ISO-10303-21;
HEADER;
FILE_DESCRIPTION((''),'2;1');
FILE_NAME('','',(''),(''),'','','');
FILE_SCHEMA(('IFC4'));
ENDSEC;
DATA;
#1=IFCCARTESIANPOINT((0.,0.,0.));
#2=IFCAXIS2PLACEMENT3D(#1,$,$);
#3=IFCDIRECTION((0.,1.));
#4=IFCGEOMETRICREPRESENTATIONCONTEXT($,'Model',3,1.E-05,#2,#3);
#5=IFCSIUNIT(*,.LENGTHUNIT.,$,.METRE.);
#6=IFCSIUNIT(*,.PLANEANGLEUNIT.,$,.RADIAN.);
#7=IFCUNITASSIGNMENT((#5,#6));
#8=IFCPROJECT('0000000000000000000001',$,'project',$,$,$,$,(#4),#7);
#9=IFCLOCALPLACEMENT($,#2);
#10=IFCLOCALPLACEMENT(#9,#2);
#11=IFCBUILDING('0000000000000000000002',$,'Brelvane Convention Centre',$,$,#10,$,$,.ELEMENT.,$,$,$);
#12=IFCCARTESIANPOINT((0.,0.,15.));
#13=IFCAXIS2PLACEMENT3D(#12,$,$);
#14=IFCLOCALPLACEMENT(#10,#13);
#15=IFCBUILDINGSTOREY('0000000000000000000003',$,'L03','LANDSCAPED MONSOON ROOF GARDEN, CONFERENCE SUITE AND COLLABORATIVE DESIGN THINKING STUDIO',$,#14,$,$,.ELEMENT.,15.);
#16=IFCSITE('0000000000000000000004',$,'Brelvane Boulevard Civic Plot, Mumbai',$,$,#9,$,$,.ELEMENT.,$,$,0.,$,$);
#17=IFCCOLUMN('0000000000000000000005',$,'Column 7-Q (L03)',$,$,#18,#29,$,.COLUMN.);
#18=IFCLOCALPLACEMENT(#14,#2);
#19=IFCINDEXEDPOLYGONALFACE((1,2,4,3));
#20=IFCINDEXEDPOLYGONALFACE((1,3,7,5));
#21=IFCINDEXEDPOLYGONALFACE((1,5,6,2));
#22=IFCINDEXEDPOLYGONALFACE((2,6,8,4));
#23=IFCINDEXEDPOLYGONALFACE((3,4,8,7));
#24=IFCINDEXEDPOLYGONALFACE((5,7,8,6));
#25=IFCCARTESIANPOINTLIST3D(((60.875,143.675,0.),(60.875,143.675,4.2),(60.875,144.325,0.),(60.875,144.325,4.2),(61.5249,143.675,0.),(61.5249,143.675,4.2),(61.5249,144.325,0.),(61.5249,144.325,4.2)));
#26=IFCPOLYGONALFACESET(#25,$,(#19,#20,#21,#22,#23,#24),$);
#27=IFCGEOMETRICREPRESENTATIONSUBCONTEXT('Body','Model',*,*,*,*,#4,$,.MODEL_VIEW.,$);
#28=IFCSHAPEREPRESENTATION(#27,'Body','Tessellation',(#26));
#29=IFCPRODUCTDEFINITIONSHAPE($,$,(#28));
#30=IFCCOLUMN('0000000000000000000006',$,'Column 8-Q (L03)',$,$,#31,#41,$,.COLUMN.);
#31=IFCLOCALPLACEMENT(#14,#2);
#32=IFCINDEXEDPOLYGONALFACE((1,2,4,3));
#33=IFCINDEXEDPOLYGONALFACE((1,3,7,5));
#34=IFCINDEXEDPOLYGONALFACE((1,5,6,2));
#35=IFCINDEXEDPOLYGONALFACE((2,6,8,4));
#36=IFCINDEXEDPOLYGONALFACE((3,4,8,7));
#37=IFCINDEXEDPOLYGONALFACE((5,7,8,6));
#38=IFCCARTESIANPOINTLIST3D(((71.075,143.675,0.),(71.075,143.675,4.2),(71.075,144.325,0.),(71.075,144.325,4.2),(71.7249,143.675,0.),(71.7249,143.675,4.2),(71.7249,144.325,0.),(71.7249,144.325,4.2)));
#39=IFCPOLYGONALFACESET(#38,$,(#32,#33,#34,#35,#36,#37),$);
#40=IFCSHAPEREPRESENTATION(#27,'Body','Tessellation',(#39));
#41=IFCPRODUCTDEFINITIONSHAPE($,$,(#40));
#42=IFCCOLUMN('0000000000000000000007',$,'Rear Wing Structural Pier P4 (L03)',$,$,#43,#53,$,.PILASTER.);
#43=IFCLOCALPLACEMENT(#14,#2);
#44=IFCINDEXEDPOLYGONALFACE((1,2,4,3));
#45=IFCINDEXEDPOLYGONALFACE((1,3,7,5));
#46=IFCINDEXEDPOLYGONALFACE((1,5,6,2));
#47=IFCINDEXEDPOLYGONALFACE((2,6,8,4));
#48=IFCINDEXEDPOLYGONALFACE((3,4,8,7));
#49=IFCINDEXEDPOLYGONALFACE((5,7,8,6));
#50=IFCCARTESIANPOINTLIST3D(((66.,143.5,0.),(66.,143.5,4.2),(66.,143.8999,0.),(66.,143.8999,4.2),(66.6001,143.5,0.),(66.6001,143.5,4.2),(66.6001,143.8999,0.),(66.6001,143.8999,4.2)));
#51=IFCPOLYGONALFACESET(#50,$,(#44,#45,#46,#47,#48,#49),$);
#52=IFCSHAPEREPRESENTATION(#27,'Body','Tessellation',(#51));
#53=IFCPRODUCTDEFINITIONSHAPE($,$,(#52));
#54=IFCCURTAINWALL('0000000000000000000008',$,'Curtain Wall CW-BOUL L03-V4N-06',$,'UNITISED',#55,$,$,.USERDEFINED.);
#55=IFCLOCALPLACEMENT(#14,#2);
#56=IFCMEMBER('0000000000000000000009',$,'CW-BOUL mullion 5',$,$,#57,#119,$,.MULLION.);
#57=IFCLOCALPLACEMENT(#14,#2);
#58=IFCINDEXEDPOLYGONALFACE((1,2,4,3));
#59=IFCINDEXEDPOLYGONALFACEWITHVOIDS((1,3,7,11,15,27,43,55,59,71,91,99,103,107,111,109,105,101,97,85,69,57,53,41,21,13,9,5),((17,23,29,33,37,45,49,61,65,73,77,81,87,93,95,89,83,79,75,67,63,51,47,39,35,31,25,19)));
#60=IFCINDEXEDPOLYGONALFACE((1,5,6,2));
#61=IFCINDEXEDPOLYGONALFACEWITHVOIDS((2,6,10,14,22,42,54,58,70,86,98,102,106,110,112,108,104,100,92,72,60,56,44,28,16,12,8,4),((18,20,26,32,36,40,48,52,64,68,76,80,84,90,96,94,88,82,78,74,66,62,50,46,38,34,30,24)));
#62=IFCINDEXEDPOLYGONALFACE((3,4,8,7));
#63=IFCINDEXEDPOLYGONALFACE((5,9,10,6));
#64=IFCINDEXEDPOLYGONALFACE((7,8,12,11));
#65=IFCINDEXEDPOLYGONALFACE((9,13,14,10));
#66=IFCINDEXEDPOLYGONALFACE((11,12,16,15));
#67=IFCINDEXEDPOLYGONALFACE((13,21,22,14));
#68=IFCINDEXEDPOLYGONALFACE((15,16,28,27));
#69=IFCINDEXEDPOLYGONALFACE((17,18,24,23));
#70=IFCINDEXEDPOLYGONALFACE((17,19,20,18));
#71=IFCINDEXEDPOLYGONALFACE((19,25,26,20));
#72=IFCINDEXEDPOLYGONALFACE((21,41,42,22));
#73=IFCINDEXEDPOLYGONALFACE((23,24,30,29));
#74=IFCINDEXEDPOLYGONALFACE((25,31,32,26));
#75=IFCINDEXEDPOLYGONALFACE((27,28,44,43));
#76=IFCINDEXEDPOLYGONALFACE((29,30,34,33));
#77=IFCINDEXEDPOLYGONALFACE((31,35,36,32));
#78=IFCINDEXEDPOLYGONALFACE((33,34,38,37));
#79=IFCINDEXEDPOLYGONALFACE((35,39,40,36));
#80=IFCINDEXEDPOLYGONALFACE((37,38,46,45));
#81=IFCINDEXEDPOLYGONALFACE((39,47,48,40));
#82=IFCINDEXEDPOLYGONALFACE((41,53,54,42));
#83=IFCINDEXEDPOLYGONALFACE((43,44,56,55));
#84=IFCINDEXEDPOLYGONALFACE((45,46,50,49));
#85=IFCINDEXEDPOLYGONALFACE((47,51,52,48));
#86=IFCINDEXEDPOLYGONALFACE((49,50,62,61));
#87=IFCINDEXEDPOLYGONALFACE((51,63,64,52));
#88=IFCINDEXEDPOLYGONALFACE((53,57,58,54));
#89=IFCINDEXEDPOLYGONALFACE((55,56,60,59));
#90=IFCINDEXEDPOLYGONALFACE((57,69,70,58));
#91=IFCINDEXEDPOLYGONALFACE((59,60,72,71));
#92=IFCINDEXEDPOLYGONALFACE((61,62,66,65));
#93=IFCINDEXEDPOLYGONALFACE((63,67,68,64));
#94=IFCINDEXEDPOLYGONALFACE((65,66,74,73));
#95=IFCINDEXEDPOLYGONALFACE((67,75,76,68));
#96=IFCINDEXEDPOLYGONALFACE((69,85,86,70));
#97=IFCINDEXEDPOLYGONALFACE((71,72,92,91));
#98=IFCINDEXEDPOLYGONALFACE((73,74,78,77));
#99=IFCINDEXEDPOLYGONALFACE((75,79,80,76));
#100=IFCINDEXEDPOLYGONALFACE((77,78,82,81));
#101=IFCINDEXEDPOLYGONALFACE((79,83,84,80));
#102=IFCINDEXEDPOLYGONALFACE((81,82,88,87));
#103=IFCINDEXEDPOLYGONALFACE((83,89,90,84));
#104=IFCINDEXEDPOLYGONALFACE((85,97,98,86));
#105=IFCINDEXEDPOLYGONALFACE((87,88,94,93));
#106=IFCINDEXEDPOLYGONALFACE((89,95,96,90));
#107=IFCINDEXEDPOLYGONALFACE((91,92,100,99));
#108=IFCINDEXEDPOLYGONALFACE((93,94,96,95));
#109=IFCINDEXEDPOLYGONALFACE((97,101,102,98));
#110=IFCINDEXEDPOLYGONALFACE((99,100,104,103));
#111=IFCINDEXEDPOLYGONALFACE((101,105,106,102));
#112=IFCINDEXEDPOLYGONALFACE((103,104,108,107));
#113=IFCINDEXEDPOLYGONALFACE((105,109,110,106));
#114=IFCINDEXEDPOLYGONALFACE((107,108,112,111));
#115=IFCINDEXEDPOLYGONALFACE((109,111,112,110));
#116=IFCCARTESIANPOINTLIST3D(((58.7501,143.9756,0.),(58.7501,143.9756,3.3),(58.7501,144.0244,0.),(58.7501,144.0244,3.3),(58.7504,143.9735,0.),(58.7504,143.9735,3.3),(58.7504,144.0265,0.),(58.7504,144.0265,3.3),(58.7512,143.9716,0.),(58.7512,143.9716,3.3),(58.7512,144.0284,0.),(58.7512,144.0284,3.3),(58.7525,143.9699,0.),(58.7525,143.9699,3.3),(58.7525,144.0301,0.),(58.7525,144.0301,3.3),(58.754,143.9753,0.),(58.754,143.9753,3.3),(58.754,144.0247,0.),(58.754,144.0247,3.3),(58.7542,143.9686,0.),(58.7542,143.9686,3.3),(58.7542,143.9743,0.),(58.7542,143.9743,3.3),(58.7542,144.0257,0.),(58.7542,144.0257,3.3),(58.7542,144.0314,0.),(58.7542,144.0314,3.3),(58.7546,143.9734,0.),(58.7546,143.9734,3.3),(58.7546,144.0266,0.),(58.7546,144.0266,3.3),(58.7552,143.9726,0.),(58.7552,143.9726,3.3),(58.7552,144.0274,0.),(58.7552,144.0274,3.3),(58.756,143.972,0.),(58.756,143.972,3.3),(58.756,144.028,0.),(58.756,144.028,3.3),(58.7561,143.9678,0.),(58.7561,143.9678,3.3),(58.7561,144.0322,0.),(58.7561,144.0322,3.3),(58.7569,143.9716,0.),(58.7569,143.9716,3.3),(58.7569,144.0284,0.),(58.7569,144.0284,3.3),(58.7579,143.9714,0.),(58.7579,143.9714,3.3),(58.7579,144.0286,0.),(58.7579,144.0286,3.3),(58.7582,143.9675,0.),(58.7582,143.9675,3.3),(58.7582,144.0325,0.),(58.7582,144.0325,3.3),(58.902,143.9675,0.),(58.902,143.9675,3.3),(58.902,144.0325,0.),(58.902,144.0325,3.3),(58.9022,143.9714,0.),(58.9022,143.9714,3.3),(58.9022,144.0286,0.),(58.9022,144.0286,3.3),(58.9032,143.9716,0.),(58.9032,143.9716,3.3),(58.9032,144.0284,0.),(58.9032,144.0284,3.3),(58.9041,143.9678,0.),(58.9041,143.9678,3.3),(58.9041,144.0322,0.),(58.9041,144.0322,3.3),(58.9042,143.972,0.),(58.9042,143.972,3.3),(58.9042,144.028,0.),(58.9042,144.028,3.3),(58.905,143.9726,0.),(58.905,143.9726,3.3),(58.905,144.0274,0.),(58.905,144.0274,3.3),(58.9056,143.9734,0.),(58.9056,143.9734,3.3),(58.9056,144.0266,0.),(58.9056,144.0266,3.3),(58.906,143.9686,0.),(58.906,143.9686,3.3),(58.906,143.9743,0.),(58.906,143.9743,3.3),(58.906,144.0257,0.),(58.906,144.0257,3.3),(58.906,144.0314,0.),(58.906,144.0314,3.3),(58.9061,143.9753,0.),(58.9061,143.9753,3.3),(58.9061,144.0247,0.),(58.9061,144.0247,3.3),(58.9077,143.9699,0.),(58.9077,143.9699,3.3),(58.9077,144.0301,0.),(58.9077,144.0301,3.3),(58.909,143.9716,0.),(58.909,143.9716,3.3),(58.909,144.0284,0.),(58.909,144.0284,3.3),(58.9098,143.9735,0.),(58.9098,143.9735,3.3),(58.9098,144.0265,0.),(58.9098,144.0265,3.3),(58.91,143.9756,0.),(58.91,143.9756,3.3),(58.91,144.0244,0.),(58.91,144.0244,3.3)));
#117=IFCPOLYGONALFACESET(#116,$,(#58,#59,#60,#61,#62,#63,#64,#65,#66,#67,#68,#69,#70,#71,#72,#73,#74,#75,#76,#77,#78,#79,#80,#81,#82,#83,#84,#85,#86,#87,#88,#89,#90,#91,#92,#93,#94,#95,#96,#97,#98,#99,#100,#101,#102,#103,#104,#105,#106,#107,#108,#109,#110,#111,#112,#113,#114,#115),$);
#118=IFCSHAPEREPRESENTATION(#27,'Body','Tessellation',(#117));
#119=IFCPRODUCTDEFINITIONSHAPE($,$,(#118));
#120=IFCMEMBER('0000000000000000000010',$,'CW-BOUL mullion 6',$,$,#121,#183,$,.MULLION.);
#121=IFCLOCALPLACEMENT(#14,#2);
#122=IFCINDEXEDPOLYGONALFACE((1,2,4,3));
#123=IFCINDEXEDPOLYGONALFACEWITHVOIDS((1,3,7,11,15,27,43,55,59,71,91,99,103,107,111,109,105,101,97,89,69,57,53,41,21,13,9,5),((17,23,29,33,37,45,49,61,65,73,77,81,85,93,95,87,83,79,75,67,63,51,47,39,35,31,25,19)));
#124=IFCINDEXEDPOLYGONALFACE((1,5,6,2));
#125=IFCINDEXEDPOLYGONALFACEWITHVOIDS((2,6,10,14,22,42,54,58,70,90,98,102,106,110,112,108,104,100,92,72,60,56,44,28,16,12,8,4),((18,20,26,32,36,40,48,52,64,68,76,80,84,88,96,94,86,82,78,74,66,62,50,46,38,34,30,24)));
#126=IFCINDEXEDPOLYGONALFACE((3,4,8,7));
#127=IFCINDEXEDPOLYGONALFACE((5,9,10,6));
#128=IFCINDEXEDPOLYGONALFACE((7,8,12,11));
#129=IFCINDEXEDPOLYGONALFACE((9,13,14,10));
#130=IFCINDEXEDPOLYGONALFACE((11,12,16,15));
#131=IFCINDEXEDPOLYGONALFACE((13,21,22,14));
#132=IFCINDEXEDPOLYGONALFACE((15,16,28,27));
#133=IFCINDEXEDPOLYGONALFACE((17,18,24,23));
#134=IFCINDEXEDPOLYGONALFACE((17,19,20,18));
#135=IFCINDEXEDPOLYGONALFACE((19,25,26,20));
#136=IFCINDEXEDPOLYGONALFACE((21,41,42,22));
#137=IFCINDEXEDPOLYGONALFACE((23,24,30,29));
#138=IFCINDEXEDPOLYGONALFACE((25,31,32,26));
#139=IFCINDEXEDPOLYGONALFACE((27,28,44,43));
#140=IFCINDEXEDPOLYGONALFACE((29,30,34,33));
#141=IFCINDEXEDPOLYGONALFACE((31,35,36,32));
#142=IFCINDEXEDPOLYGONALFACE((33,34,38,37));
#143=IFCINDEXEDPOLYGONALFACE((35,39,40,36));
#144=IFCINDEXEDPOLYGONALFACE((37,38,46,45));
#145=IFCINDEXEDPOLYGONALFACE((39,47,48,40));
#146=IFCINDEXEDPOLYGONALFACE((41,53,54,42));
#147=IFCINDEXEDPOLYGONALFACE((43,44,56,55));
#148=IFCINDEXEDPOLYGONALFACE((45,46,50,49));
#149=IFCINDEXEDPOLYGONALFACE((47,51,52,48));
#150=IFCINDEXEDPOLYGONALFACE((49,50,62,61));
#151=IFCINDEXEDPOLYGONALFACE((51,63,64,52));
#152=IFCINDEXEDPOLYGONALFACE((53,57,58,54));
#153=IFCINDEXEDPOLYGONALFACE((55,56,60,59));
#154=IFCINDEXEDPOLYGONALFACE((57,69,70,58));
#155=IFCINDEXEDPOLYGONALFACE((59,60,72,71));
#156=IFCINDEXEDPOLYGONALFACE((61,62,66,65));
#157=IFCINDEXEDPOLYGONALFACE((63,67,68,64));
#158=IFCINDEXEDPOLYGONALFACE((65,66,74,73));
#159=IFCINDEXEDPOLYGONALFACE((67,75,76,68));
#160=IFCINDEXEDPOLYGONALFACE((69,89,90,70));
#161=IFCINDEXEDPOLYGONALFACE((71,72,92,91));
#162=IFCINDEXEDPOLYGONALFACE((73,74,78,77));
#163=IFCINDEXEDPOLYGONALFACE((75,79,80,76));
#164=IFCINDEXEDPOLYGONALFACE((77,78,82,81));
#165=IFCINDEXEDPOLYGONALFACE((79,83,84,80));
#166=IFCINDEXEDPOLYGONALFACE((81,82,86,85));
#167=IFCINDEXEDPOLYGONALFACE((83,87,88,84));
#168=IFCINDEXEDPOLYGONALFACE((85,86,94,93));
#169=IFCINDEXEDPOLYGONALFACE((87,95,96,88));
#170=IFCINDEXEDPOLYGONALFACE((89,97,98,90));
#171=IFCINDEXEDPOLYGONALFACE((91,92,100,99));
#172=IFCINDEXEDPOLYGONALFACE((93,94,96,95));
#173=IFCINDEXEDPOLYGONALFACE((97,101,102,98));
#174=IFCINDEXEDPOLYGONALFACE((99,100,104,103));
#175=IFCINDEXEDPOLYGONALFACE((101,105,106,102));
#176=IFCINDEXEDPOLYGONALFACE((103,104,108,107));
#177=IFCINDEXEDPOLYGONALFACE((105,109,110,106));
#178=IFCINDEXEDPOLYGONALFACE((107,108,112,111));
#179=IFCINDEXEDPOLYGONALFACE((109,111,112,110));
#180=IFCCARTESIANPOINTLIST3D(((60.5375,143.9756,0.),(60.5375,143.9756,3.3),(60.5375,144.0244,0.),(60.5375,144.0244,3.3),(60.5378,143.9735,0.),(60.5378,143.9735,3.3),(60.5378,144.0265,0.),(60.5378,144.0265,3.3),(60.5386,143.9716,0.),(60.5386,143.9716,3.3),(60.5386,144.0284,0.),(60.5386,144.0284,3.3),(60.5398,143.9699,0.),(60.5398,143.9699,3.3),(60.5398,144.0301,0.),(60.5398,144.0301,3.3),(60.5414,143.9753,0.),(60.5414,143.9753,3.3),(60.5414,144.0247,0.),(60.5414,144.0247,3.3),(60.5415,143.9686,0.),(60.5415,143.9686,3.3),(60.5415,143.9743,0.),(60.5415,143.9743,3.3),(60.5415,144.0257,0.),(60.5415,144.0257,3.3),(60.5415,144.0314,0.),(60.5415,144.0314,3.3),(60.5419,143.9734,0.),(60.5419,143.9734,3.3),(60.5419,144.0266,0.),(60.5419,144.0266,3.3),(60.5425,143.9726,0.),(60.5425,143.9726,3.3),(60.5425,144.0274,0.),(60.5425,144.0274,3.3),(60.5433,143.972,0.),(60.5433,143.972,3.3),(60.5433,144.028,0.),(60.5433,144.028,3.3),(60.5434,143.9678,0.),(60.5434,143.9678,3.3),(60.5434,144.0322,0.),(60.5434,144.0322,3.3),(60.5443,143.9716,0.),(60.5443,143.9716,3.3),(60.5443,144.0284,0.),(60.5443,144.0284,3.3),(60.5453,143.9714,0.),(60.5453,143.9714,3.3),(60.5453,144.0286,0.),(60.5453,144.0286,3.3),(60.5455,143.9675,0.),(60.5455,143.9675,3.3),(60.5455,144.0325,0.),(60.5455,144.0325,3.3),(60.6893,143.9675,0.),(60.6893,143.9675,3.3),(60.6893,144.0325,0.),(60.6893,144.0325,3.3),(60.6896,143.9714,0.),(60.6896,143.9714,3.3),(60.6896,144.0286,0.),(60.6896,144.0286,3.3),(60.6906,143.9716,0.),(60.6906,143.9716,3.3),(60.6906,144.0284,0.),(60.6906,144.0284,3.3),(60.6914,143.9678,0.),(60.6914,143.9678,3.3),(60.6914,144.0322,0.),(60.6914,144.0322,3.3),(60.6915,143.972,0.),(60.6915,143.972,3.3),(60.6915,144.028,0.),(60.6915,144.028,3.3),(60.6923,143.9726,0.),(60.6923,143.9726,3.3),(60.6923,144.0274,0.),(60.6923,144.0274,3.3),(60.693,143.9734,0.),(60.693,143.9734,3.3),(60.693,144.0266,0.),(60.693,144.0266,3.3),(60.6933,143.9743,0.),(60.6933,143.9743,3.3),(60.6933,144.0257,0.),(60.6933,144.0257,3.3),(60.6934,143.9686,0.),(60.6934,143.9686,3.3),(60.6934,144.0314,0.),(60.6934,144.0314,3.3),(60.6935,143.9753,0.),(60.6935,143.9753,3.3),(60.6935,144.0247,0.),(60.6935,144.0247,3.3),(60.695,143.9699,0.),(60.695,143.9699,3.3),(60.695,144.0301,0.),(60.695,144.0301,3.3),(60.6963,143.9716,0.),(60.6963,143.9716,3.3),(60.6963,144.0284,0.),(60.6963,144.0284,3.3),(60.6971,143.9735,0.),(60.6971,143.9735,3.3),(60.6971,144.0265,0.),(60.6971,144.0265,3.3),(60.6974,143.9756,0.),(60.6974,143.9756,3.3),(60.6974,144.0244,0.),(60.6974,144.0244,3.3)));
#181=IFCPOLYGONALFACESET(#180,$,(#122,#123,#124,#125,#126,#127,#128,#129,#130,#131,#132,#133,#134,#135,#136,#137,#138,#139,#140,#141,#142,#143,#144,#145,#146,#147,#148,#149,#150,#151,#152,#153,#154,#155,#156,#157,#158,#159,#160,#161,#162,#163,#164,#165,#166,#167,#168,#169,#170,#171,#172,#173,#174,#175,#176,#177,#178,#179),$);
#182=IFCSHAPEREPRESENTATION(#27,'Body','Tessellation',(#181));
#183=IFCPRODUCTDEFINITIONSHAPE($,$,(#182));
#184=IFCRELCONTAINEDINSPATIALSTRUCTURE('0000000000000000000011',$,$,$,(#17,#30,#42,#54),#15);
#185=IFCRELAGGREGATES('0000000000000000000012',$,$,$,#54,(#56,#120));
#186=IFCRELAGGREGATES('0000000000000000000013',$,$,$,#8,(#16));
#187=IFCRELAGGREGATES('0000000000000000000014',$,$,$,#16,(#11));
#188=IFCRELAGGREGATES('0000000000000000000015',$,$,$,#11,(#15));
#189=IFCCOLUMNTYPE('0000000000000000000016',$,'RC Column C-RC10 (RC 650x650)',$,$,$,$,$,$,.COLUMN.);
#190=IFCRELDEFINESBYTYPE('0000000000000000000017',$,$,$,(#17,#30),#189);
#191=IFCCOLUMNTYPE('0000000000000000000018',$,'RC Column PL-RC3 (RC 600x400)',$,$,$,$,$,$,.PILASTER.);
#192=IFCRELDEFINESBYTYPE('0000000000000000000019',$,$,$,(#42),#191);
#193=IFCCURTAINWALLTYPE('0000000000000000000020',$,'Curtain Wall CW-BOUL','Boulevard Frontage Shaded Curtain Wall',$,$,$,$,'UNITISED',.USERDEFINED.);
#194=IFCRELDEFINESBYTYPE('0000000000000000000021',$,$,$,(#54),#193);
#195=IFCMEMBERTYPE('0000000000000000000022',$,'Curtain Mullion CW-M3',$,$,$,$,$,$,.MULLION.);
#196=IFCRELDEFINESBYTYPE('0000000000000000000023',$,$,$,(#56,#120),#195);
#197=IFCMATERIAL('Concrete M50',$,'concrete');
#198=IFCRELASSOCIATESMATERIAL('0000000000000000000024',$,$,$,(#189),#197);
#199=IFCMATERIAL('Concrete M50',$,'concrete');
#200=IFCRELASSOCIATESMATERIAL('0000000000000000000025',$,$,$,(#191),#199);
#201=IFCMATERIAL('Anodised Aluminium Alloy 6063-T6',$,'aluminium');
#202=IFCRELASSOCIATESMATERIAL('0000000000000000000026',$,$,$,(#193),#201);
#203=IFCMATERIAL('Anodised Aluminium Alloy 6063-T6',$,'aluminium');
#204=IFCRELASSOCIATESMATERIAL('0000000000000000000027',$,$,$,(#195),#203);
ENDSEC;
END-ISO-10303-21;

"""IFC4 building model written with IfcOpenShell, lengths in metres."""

from ifc_helpers import new_model, si_unit, direction, frame, origin, origin_2d, place, context, subcontext, project, spatial, rectangle, hollow_rectangle, extrude, material, material_profile, profile_set, type_object, element, aggregate, save


model = new_model("IFC4")

# Units and contexts
model_context = context("Model", 3, precision=1e-05, world=origin(), true_north=direction((0.0, 1.0)))
body_context = subcontext(model_context, "Body", "Model", "MODEL_VIEW")
ifc_project = project(units=[si_unit("LENGTHUNIT", "METRE"), si_unit("PLANEANGLEUNIT", "RADIAN")], contexts=[model_context])

# Site, building, storey
site_placement = place(None, origin())
site = spatial("IfcSite", under=ifc_project, at=site_placement, Name="Brelvane Boulevard Civic Plot, Mumbai", CompositionType="ELEMENT", RefElevation=0.0)
building_placement = place(site_placement, origin())
building = spatial("IfcBuilding", under=site, at=building_placement, Name="Brelvane Convention Centre", CompositionType="ELEMENT")
storey_placement = place(building_placement, frame((0.0, 0.0, 15.0)))
storey = spatial("IfcBuildingStorey", under=building, at=storey_placement, Name="L03", Description="LANDSCAPED MONSOON ROOF GARDEN, CONFERENCE SUITE AND COLLABORATIVE DESIGN THINKING STUDIO", CompositionType="ELEMENT", Elevation=15.0)

# Columns
ifc_material_1 = material(Name="Concrete M50", Category="concrete")
ifc_material_profile_1 = material_profile(ifc_material_1, rectangle(XDim=0.6499, YDim=0.6499, at=origin_2d()), Name="RC 650x650")
ifc_profile_set_1 = profile_set([ifc_material_profile_1], Name="Concrete M50")
column_type_1 = type_object("IfcColumnType", Name="RC Column C-RC10 (RC 650x650)", PredefinedType="COLUMN", material=ifc_profile_set_1)
for number, where, z_axis, x_axis, name in (
    (1, (61.2, 144.0, 0.0), (0.0, 0.0, 1.0), (1.0, 0.0, 0.0), "Column 7-Q (L03)"),
    (2, (71.3999, 144.0, 0.0), (0.0, 0.0, 1.0), (1.0, 0.0, 0.0), "Column 8-Q (L03)"),
):
    element("IfcColumn", number, at=place(storey_placement, frame(where, z_axis=z_axis, x_axis=x_axis)), inside=storey, type_object=column_type_1, Name=name, PredefinedType="COLUMN", context=body_context, shape_type="SweptSolid", body=[
        extrude(rectangle(XDim=0.6499, YDim=0.6499, at=origin_2d()), origin(), (0.0, 0.0, 1.0), 4.2),
    ])
ifc_material_2 = material(Name="Concrete M50", Category="concrete")
ifc_material_profile_2 = material_profile(ifc_material_2, rectangle(XDim=0.6001, YDim=0.3999, at=origin_2d()), Name="RC 600x400")
ifc_profile_set_2 = profile_set([ifc_material_profile_2], Name="Concrete M50")
column_type_2 = type_object("IfcColumnType", Name="RC Column PL-RC3 (RC 600x400)", PredefinedType="PILASTER", material=ifc_profile_set_2)
column_placement = place(storey_placement, frame((66.3, 143.7, 0.0), z_axis=(0.0, 0.0, 1.0), x_axis=(1.0, 0.0, 0.0)))
element("IfcColumn", 3, at=column_placement, inside=storey, type_object=column_type_2, Name="Rear Wing Structural Pier P4 (L03)", PredefinedType="PILASTER", context=body_context, shape_type="SweptSolid", body=[
    extrude(rectangle(XDim=0.6001, YDim=0.3999, at=origin_2d()), origin(), (0.0, 0.0, 1.0), 4.2),
])

# Curtain wall, members
ifc_material_3 = material(Name="Anodised Aluminium Alloy 6063-T6", Category="aluminium")
curtain_wall_type = type_object("IfcCurtainWallType", Name="Curtain Wall CW-BOUL", Description="Boulevard Frontage Shaded Curtain Wall", ElementType="UNITISED", PredefinedType="USERDEFINED", material=ifc_material_3)
curtain_wall_1_placement = place(storey_placement, origin())
curtain_wall_1 = element("IfcCurtainWall", 4, at=curtain_wall_1_placement, inside=storey, type_object=curtain_wall_type, Name="Curtain Wall CW-BOUL L03-V4N-06", ObjectType="UNITISED", PredefinedType="USERDEFINED")
ifc_material_4 = material(Name="Anodised Aluminium Alloy 6063-T6", Category="aluminium")
ifc_material_profile_3 = material_profile(ifc_material_4, hollow_rectangle(XDim=0.0649, YDim=0.1599, WallThickness=0.0039, InnerFilletRadius=0.0039, OuterFilletRadius=0.0081, at=origin_2d()), Name="ALU-M 160x65x4.0")
ifc_profile_set_3 = profile_set([ifc_material_profile_3], Name="Anodised Aluminium Alloy 6063-T6")
member_type_1 = type_object("IfcMemberType", Name="Curtain Mullion CW-M3", PredefinedType="MULLION", material=ifc_profile_set_3)
member_1_placement = place(storey_placement, frame((58.8301, 144.0, 0.0), z_axis=(0.0, 0.0, 1.0), x_axis=(0.0, 1.0, 0.0)))
member_1 = element("IfcMember", 5, at=member_1_placement, type_object=member_type_1, Name="CW-BOUL mullion 5", PredefinedType="MULLION", context=body_context, shape_type="SweptSolid", body=[
    extrude(hollow_rectangle(XDim=0.0649, YDim=0.1599, WallThickness=0.0039, InnerFilletRadius=0.0039, OuterFilletRadius=0.0081, at=origin_2d()), origin(), (0.0, 0.0, 1.0), 3.3),
])
member_2_placement = place(storey_placement, frame((60.6174, 144.0, 0.0), z_axis=(0.0, 0.0, 1.0), x_axis=(0.0, 1.0, 0.0)))
member_2 = element("IfcMember", 6, at=member_2_placement, type_object=member_type_1, Name="CW-BOUL mullion 6", PredefinedType="MULLION", context=body_context, shape_type="SweptSolid", body=[
    extrude(hollow_rectangle(XDim=0.0649, YDim=0.1599, WallThickness=0.0039, InnerFilletRadius=0.0039, OuterFilletRadius=0.0081, at=origin_2d()), origin(), (0.0, 0.0, 1.0), 3.3),
])

aggregate(curtain_wall_1, [member_1, member_2])

save(model, "model.ifc")
